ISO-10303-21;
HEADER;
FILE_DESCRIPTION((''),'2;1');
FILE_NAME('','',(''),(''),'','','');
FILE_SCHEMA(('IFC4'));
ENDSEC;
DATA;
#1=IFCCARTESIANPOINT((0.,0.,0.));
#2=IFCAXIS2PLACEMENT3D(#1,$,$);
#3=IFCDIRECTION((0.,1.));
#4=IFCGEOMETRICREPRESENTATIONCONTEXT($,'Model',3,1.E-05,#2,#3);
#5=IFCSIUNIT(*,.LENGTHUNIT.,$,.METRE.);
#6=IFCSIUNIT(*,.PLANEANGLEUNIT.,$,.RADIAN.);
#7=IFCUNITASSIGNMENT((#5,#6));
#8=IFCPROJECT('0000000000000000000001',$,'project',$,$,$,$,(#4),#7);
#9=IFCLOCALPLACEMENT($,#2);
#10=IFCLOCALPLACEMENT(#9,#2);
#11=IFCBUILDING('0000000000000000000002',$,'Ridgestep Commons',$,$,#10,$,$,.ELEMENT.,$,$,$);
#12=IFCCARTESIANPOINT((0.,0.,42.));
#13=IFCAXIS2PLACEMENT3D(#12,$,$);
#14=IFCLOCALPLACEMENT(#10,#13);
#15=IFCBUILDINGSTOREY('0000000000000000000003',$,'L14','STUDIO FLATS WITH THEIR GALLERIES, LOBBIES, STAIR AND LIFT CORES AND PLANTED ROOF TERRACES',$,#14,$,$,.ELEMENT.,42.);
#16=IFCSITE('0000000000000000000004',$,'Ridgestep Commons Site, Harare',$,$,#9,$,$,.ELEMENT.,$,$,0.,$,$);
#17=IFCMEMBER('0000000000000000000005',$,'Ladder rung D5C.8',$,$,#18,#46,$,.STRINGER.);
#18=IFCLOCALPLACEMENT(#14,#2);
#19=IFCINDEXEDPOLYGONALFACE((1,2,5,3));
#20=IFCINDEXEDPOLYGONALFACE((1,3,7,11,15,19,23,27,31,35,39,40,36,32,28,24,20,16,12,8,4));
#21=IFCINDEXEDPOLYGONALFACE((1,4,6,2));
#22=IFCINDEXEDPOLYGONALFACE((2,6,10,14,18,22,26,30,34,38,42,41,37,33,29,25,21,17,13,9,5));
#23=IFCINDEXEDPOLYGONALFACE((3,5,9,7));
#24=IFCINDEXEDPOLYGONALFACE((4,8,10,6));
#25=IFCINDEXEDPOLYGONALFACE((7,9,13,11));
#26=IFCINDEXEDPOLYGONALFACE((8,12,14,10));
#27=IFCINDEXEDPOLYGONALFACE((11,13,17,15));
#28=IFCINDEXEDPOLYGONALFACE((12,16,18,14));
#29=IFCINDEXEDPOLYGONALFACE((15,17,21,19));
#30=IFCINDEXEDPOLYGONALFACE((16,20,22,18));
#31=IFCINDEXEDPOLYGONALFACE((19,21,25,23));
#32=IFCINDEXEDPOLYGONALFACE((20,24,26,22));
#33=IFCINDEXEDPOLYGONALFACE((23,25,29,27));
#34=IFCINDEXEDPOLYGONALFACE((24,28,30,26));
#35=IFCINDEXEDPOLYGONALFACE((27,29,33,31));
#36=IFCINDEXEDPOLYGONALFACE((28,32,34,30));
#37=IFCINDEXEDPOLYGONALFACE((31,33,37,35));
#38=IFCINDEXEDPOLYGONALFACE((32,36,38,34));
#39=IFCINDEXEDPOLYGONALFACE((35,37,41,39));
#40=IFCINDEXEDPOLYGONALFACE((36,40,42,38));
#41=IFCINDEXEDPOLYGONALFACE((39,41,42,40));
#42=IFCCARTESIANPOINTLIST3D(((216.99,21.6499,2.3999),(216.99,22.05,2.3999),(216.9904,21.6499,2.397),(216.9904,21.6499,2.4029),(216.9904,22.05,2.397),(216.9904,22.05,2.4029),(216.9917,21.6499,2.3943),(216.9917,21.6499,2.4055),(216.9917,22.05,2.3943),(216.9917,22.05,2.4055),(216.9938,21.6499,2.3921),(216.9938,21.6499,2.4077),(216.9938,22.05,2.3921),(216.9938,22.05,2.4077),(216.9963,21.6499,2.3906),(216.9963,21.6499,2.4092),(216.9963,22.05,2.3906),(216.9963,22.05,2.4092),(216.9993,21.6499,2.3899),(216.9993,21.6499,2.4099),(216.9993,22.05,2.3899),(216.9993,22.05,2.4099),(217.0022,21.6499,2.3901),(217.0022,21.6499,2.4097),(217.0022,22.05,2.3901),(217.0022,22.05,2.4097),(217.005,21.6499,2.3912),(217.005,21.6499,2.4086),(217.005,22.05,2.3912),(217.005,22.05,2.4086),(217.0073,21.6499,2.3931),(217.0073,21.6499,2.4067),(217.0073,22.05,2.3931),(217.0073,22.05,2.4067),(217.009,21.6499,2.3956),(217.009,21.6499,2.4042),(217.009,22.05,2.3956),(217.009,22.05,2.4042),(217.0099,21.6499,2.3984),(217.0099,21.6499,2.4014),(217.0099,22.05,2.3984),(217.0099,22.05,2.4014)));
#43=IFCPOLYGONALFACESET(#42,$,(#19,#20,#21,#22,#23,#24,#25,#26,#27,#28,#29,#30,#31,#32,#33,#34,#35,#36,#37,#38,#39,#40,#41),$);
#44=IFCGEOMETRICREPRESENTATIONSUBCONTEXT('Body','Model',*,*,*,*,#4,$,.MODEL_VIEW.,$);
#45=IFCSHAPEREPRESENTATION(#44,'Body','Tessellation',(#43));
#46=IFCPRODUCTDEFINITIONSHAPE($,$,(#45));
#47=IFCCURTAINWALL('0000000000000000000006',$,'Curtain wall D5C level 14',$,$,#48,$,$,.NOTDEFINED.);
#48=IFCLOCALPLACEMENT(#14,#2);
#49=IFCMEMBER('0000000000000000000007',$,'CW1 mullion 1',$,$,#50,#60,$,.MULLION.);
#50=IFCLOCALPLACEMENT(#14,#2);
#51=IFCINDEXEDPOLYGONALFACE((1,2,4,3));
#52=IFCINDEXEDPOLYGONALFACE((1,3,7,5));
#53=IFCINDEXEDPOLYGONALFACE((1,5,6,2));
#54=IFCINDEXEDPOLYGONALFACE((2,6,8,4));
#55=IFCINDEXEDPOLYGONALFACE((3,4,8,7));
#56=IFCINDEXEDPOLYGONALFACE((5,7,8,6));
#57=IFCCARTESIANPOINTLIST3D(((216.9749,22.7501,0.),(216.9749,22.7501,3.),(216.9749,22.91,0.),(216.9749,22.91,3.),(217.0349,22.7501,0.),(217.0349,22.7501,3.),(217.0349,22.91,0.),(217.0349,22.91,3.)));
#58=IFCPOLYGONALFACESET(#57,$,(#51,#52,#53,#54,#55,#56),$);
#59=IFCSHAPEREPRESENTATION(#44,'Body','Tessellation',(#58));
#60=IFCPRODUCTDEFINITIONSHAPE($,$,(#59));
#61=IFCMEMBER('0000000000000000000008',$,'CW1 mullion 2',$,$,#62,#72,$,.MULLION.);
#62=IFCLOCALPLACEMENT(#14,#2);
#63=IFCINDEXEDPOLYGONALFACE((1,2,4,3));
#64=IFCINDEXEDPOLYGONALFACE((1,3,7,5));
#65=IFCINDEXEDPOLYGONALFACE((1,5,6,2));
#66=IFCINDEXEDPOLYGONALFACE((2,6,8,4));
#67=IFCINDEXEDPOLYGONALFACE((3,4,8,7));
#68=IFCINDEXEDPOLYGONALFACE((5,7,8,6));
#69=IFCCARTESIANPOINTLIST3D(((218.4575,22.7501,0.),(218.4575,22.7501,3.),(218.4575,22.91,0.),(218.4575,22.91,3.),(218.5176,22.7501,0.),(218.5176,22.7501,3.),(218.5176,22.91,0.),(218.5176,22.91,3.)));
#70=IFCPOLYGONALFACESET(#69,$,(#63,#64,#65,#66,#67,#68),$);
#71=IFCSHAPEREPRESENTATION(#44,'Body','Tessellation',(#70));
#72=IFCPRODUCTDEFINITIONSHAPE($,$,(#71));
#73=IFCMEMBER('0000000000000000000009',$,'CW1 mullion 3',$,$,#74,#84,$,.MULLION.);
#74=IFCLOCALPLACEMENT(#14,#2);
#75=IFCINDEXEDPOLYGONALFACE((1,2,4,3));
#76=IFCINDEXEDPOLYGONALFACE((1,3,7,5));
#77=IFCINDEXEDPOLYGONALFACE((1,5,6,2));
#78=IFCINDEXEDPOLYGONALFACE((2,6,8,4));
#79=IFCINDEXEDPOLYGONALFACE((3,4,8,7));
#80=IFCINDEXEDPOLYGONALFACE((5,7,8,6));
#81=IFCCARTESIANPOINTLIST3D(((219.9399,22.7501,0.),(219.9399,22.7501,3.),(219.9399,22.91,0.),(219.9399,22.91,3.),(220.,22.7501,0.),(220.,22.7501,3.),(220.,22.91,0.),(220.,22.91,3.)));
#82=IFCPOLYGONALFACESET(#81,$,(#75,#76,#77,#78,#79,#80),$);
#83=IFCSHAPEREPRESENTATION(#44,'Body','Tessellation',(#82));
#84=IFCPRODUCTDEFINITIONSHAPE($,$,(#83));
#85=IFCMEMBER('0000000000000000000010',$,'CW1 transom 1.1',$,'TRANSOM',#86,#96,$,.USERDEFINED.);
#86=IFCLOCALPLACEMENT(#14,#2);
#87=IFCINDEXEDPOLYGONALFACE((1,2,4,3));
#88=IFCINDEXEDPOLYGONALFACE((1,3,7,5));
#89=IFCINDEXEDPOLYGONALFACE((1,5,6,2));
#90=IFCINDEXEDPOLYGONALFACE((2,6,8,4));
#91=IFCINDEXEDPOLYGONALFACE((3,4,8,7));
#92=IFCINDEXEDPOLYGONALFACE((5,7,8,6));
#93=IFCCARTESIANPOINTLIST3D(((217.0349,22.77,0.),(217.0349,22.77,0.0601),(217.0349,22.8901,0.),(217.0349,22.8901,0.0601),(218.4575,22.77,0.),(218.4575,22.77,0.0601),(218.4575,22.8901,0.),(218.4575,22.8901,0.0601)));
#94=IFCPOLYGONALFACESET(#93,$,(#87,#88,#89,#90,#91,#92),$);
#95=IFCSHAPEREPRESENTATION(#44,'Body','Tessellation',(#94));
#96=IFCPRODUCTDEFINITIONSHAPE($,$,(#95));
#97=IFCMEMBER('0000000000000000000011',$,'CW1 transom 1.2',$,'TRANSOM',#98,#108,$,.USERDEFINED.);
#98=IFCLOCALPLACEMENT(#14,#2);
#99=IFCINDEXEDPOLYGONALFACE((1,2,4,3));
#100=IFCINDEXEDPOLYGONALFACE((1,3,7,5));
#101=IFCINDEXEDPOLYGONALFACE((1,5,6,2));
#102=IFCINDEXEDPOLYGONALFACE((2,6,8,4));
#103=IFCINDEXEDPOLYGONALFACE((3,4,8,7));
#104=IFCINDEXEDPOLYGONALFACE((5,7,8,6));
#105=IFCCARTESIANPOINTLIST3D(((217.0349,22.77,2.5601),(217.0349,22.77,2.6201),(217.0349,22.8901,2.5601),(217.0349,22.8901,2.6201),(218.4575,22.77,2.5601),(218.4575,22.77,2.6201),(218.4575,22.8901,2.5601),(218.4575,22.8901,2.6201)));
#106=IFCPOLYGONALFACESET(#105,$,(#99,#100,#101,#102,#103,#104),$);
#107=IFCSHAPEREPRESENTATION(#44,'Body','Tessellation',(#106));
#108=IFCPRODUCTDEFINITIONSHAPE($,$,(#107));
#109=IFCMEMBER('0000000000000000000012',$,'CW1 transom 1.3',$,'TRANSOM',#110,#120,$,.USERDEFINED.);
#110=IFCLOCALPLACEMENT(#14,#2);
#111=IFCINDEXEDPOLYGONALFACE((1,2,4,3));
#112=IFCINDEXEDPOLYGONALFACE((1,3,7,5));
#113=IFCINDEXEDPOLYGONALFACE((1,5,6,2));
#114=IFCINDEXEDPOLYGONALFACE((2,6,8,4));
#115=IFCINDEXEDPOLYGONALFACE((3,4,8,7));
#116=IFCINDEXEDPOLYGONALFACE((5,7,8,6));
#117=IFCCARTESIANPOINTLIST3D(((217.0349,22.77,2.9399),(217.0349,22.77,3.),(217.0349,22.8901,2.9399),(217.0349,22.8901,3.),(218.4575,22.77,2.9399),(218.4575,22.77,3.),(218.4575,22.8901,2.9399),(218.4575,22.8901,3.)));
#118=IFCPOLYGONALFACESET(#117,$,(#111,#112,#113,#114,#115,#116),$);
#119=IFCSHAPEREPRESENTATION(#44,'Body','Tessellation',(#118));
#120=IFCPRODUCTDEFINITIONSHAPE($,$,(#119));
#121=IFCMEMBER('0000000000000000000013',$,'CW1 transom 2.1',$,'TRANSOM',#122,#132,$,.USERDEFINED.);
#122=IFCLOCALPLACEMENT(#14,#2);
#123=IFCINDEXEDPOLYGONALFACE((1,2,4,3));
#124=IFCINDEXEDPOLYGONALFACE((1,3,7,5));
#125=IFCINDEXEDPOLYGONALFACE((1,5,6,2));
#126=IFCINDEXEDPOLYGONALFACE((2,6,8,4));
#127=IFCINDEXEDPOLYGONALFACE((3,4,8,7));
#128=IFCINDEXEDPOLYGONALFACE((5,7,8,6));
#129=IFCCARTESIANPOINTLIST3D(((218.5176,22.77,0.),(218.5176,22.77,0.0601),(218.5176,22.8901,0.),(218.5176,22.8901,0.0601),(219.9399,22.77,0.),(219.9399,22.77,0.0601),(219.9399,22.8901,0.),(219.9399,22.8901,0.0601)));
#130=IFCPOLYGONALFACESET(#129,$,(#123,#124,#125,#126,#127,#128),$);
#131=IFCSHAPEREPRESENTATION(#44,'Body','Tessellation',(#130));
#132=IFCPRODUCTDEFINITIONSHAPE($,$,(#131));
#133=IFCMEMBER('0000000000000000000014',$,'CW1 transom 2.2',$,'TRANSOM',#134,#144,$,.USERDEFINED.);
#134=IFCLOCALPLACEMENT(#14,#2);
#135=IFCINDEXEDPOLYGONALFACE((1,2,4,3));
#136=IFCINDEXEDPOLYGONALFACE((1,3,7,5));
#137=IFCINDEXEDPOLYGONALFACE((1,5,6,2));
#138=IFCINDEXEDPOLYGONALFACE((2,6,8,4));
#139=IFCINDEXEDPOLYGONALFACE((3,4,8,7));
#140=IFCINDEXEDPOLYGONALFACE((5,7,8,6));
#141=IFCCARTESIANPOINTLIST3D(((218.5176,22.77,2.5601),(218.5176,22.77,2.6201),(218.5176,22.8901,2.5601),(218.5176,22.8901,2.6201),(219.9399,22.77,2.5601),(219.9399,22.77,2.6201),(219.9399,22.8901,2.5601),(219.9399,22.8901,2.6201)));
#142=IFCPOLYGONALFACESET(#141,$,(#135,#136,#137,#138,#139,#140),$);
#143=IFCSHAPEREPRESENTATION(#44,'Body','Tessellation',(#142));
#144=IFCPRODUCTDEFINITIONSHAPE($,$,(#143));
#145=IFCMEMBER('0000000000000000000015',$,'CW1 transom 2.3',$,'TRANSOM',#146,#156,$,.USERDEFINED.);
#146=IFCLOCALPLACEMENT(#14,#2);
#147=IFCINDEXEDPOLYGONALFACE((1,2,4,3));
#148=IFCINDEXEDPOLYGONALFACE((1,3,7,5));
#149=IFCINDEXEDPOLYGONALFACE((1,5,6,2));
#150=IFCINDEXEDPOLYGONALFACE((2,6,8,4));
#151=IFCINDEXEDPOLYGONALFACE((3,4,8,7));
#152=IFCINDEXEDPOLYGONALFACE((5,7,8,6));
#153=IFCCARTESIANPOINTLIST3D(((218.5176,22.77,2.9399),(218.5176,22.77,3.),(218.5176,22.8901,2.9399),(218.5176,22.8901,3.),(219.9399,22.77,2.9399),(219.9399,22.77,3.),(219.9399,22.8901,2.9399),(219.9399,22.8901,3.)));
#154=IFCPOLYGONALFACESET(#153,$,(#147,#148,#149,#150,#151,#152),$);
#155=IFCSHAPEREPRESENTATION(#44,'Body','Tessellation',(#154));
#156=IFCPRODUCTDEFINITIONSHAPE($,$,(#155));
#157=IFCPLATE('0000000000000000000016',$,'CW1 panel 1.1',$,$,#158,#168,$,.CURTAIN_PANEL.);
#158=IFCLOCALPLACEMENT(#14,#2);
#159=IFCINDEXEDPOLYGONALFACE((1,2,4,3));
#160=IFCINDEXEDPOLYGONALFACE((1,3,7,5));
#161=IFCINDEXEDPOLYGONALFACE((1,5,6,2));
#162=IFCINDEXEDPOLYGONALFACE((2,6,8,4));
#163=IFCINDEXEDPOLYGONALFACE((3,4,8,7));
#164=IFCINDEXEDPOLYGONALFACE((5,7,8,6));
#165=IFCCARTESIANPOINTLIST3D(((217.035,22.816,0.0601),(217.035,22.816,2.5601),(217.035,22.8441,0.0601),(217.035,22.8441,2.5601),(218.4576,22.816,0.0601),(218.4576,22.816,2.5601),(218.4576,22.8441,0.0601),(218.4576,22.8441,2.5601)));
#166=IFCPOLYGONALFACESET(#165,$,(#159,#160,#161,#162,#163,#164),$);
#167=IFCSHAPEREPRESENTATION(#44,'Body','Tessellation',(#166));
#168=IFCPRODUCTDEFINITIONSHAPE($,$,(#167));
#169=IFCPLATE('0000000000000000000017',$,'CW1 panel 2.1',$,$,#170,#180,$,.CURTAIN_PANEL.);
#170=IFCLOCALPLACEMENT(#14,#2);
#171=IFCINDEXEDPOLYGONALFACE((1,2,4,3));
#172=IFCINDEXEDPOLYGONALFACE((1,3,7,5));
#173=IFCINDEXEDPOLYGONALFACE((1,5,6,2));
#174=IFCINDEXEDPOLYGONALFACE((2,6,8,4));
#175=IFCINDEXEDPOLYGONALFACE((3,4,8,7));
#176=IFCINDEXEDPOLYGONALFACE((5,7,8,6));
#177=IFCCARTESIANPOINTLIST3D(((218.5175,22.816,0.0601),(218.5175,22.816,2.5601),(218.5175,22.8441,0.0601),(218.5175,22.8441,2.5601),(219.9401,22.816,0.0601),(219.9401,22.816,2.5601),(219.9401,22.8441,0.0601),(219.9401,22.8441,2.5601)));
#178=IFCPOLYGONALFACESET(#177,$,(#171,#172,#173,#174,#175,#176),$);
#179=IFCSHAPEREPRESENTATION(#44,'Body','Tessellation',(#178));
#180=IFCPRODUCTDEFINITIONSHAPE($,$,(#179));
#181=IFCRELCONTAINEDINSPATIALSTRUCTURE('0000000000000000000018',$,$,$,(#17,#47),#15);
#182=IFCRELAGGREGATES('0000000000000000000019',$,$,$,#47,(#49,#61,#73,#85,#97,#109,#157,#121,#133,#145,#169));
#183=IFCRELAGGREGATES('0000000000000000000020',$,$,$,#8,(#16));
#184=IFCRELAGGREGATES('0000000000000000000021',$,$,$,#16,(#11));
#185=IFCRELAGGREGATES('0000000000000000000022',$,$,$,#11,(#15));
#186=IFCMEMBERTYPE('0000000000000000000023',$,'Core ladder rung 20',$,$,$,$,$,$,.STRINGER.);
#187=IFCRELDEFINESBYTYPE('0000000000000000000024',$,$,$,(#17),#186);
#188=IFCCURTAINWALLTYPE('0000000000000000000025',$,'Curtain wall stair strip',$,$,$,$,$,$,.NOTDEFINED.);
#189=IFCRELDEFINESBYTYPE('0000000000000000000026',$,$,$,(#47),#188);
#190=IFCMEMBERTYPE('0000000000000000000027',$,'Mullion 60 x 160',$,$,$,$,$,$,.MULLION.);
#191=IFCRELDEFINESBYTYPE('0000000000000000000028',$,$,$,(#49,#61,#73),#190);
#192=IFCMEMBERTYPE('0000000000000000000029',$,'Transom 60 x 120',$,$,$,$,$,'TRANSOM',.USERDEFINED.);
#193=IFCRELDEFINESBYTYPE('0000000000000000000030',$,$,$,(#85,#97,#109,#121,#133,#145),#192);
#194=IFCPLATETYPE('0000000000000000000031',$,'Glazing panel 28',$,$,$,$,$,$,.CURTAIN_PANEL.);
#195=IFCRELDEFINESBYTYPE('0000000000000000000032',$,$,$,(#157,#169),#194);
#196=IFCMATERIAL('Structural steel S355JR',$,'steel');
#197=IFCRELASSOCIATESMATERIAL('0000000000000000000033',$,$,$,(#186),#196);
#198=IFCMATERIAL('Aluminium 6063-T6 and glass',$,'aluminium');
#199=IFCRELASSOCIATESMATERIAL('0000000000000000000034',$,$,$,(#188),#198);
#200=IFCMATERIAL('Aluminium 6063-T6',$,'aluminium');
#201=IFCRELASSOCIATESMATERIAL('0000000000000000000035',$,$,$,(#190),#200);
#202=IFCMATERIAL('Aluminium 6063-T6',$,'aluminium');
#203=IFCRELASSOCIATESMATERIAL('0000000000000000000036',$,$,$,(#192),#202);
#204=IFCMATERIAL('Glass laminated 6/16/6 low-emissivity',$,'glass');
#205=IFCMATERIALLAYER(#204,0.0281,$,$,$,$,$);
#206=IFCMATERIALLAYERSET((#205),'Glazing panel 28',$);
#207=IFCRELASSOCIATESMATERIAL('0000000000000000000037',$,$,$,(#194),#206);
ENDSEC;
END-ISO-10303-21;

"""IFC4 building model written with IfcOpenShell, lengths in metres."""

from ifc_helpers import new_model, si_unit, direction, frame, origin, origin_2d, place, context, subcontext, project, spatial, rectangle, circle, extrude, material, layer, layer_set, material_profile, profile_set, type_object, element, aggregate, save


model = new_model("IFC4")

# Units and contexts
model_context = context("Model", 3, precision=1e-05, world=origin(), true_north=direction((0.0, 1.0)))
body_context = subcontext(model_context, "Body", "Model", "MODEL_VIEW")
ifc_project = project(units=[si_unit("LENGTHUNIT", "METRE"), si_unit("PLANEANGLEUNIT", "RADIAN")], contexts=[model_context])

# Site, building, storey
site_placement = place(None, origin())
site = spatial("IfcSite", under=ifc_project, at=site_placement, Name="Ridgestep Commons Site, Harare", CompositionType="ELEMENT", RefElevation=0.0)
building_placement = place(site_placement, origin())
building = spatial("IfcBuilding", under=site, at=building_placement, Name="Ridgestep Commons", CompositionType="ELEMENT")
storey_placement = place(building_placement, frame((0.0, 0.0, 42.0)))
storey = spatial("IfcBuildingStorey", under=building, at=storey_placement, Name="L14", Description="STUDIO FLATS WITH THEIR GALLERIES, LOBBIES, STAIR AND LIFT CORES AND PLANTED ROOF TERRACES", CompositionType="ELEMENT", Elevation=42.0)

# Member
ifc_material_1 = material(Name="Structural steel S355JR", Category="steel")
ifc_material_profile_1 = material_profile(ifc_material_1, circle(Radius=0.01, at=origin_2d()), Name="Round bar 20")
ifc_profile_set_1 = profile_set([ifc_material_profile_1], Name="Structural steel S355JR")
member_type_1 = type_object("IfcMemberType", Name="Core ladder rung 20", PredefinedType="STRINGER", material=ifc_profile_set_1)
for number, where, z_axis, x_axis, name in (
    (1, (217.0, 21.6499, 2.3999), (0.0, 1.0, 0.0), (-1.0, 0.0, 0.0), "Ladder rung D5C.8"),
):
    element("IfcMember", number, at=place(storey_placement, frame(where, z_axis=z_axis, x_axis=x_axis)), inside=storey, type_object=member_type_1, Name=name, PredefinedType="STRINGER", context=body_context, shape_type="SweptSolid", body=[
        extrude(circle(Radius=0.01, at=origin_2d()), origin(), (0.0, 0.0, 1.0), 0.4001),
    ])

# Curtain wall, members, plates
ifc_material_2 = material(Name="Aluminium 6063-T6 and glass", Category="aluminium")
curtain_wall_type = type_object("IfcCurtainWallType", Name="Curtain wall stair strip", PredefinedType="NOTDEFINED", material=ifc_material_2)
curtain_wall_placement = place(storey_placement, origin())
curtain_wall = element("IfcCurtainWall", 2, at=curtain_wall_placement, inside=storey, type_object=curtain_wall_type, Name="Curtain wall D5C level 14", PredefinedType="NOTDEFINED")
ifc_material_3 = material(Name="Aluminium 6063-T6", Category="aluminium")
ifc_material_profile_2 = material_profile(ifc_material_3, rectangle(XDim=0.1599, YDim=0.0601, at=origin_2d()), Name="Mullion 60 x 160")
ifc_profile_set_2 = profile_set([ifc_material_profile_2], Name="Aluminium 6063-T6")
member_type_2 = type_object("IfcMemberType", Name="Mullion 60 x 160", PredefinedType="MULLION", material=ifc_profile_set_2)
member_1_placement = place(storey_placement, frame((217.0049, 22.8301, 0.0), z_axis=(0.0, 0.0, 1.0), x_axis=(0.0, 1.0, 0.0)))
member_1 = element("IfcMember", 3, at=member_1_placement, type_object=member_type_2, Name="CW1 mullion 1", PredefinedType="MULLION", context=body_context, shape_type="SweptSolid", body=[
    extrude(rectangle(XDim=0.1599, YDim=0.0601, at=origin_2d()), origin(), (0.0, 0.0, 1.0), 3.0),
])
member_2_placement = place(storey_placement, frame((218.4875, 22.8301, 0.0), z_axis=(0.0, 0.0, 1.0), x_axis=(0.0, 1.0, 0.0)))
member_2 = element("IfcMember", 4, at=member_2_placement, type_object=member_type_2, Name="CW1 mullion 2", PredefinedType="MULLION", context=body_context, shape_type="SweptSolid", body=[
    extrude(rectangle(XDim=0.1599, YDim=0.0601, at=origin_2d()), origin(), (0.0, 0.0, 1.0), 3.0),
])
member_3_placement = place(storey_placement, frame((219.97, 22.8301, 0.0), z_axis=(0.0, 0.0, 1.0), x_axis=(0.0, 1.0, 0.0)))
member_3 = element("IfcMember", 5, at=member_3_placement, type_object=member_type_2, Name="CW1 mullion 3", PredefinedType="MULLION", context=body_context, shape_type="SweptSolid", body=[
    extrude(rectangle(XDim=0.1599, YDim=0.0601, at=origin_2d()), origin(), (0.0, 0.0, 1.0), 3.0),
])
ifc_material_4 = material(Name="Aluminium 6063-T6", Category="aluminium")
ifc_material_profile_3 = material_profile(ifc_material_4, rectangle(XDim=0.1201, YDim=0.0601, at=origin_2d()), Name="Transom 60 x 120")
ifc_profile_set_3 = profile_set([ifc_material_profile_3], Name="Aluminium 6063-T6")
member_type_3 = type_object("IfcMemberType", Name="Transom 60 x 120", ElementType="TRANSOM", PredefinedType="USERDEFINED", material=ifc_profile_set_3)
member_4_placement = place(storey_placement, frame((217.0349, 22.8301, 0.03), z_axis=(1.0, 0.0, 0.0), x_axis=(0.0, 1.0, 0.0)))
member_4 = element("IfcMember", 6, at=member_4_placement, type_object=member_type_3, Name="CW1 transom 1.1", ObjectType="TRANSOM", PredefinedType="USERDEFINED", context=body_context, shape_type="SweptSolid", body=[
    extrude(rectangle(XDim=0.1201, YDim=0.0601, at=origin_2d()), origin(), (0.0, 0.0, 1.0), 1.4226),
])
member_5_placement = place(storey_placement, frame((217.0349, 22.8301, 2.5901), z_axis=(1.0, 0.0, 0.0), x_axis=(0.0, 1.0, 0.0)))
member_5 = element("IfcMember", 7, at=member_5_placement, type_object=member_type_3, Name="CW1 transom 1.2", ObjectType="TRANSOM", PredefinedType="USERDEFINED", context=body_context, shape_type="SweptSolid", body=[
    extrude(rectangle(XDim=0.1201, YDim=0.0601, at=origin_2d()), origin(), (0.0, 0.0, 1.0), 1.4226),
])
member_6_placement = place(storey_placement, frame((217.0349, 22.8301, 2.97), z_axis=(1.0, 0.0, 0.0), x_axis=(0.0, 1.0, 0.0)))
member_6 = element("IfcMember", 8, at=member_6_placement, type_object=member_type_3, Name="CW1 transom 1.3", ObjectType="TRANSOM", PredefinedType="USERDEFINED", context=body_context, shape_type="SweptSolid", body=[
    extrude(rectangle(XDim=0.1201, YDim=0.0601, at=origin_2d()), origin(), (0.0, 0.0, 1.0), 1.4226),
])
member_7_placement = place(storey_placement, frame((218.5176, 22.8301, 0.03), z_axis=(1.0, 0.0, 0.0), x_axis=(0.0, 1.0, 0.0)))
member_7 = element("IfcMember", 9, at=member_7_placement, type_object=member_type_3, Name="CW1 transom 2.1", ObjectType="TRANSOM", PredefinedType="USERDEFINED", context=body_context, shape_type="SweptSolid", body=[
    extrude(rectangle(XDim=0.1201, YDim=0.0601, at=origin_2d()), origin(), (0.0, 0.0, 1.0), 1.4224),
])
member_8_placement = place(storey_placement, frame((218.5176, 22.8301, 2.5901), z_axis=(1.0, 0.0, 0.0), x_axis=(0.0, 1.0, 0.0)))
member_8 = element("IfcMember", 10, at=member_8_placement, type_object=member_type_3, Name="CW1 transom 2.2", ObjectType="TRANSOM", PredefinedType="USERDEFINED", context=body_context, shape_type="SweptSolid", body=[
    extrude(rectangle(XDim=0.1201, YDim=0.0601, at=origin_2d()), origin(), (0.0, 0.0, 1.0), 1.4224),
])
member_9_placement = place(storey_placement, frame((218.5176, 22.8301, 2.97), z_axis=(1.0, 0.0, 0.0), x_axis=(0.0, 1.0, 0.0)))
member_9 = element("IfcMember", 11, at=member_9_placement, type_object=member_type_3, Name="CW1 transom 2.3", ObjectType="TRANSOM", PredefinedType="USERDEFINED", context=body_context, shape_type="SweptSolid", body=[
    extrude(rectangle(XDim=0.1201, YDim=0.0601, at=origin_2d()), origin(), (0.0, 0.0, 1.0), 1.4224),
])
ifc_material_5 = material(Name="Glass laminated 6/16/6 low-emissivity", Category="glass")
ifc_layer_1 = layer(ifc_material_5, 0.0281)
ifc_layer_set_1 = layer_set([ifc_layer_1], Name="Glazing panel 28")
plate_type_1 = type_object("IfcPlateType", Name="Glazing panel 28", PredefinedType="CURTAIN_PANEL", material=ifc_layer_set_1)
plate_1_placement = place(storey_placement, frame((217.7463, 22.8301, 0.0601), z_axis=(0.0, 0.0, 1.0), x_axis=(1.0, 0.0, 0.0)))
plate_1 = element("IfcPlate", 12, at=plate_1_placement, type_object=plate_type_1, Name="CW1 panel 1.1", PredefinedType="CURTAIN_PANEL", context=body_context, shape_type="SweptSolid", body=[
    extrude(rectangle(XDim=1.4226, YDim=0.0281, at=origin_2d()), origin(), (0.0, 0.0, 1.0), 2.5),
])
plate_2_placement = place(storey_placement, frame((219.2288, 22.8301, 0.0601), z_axis=(0.0, 0.0, 1.0), x_axis=(1.0, 0.0, 0.0)))
plate_2 = element("IfcPlate", 13, at=plate_2_placement, type_object=plate_type_1, Name="CW1 panel 2.1", PredefinedType="CURTAIN_PANEL", context=body_context, shape_type="SweptSolid", body=[
    extrude(rectangle(XDim=1.4226, YDim=0.0281, at=origin_2d()), origin(), (0.0, 0.0, 1.0), 2.5),
])
aggregate(curtain_wall, [member_1, member_2, member_3, member_4, member_5, member_6, plate_1, member_7, member_8, member_9, plate_2])

save(model, "model.ifc")
